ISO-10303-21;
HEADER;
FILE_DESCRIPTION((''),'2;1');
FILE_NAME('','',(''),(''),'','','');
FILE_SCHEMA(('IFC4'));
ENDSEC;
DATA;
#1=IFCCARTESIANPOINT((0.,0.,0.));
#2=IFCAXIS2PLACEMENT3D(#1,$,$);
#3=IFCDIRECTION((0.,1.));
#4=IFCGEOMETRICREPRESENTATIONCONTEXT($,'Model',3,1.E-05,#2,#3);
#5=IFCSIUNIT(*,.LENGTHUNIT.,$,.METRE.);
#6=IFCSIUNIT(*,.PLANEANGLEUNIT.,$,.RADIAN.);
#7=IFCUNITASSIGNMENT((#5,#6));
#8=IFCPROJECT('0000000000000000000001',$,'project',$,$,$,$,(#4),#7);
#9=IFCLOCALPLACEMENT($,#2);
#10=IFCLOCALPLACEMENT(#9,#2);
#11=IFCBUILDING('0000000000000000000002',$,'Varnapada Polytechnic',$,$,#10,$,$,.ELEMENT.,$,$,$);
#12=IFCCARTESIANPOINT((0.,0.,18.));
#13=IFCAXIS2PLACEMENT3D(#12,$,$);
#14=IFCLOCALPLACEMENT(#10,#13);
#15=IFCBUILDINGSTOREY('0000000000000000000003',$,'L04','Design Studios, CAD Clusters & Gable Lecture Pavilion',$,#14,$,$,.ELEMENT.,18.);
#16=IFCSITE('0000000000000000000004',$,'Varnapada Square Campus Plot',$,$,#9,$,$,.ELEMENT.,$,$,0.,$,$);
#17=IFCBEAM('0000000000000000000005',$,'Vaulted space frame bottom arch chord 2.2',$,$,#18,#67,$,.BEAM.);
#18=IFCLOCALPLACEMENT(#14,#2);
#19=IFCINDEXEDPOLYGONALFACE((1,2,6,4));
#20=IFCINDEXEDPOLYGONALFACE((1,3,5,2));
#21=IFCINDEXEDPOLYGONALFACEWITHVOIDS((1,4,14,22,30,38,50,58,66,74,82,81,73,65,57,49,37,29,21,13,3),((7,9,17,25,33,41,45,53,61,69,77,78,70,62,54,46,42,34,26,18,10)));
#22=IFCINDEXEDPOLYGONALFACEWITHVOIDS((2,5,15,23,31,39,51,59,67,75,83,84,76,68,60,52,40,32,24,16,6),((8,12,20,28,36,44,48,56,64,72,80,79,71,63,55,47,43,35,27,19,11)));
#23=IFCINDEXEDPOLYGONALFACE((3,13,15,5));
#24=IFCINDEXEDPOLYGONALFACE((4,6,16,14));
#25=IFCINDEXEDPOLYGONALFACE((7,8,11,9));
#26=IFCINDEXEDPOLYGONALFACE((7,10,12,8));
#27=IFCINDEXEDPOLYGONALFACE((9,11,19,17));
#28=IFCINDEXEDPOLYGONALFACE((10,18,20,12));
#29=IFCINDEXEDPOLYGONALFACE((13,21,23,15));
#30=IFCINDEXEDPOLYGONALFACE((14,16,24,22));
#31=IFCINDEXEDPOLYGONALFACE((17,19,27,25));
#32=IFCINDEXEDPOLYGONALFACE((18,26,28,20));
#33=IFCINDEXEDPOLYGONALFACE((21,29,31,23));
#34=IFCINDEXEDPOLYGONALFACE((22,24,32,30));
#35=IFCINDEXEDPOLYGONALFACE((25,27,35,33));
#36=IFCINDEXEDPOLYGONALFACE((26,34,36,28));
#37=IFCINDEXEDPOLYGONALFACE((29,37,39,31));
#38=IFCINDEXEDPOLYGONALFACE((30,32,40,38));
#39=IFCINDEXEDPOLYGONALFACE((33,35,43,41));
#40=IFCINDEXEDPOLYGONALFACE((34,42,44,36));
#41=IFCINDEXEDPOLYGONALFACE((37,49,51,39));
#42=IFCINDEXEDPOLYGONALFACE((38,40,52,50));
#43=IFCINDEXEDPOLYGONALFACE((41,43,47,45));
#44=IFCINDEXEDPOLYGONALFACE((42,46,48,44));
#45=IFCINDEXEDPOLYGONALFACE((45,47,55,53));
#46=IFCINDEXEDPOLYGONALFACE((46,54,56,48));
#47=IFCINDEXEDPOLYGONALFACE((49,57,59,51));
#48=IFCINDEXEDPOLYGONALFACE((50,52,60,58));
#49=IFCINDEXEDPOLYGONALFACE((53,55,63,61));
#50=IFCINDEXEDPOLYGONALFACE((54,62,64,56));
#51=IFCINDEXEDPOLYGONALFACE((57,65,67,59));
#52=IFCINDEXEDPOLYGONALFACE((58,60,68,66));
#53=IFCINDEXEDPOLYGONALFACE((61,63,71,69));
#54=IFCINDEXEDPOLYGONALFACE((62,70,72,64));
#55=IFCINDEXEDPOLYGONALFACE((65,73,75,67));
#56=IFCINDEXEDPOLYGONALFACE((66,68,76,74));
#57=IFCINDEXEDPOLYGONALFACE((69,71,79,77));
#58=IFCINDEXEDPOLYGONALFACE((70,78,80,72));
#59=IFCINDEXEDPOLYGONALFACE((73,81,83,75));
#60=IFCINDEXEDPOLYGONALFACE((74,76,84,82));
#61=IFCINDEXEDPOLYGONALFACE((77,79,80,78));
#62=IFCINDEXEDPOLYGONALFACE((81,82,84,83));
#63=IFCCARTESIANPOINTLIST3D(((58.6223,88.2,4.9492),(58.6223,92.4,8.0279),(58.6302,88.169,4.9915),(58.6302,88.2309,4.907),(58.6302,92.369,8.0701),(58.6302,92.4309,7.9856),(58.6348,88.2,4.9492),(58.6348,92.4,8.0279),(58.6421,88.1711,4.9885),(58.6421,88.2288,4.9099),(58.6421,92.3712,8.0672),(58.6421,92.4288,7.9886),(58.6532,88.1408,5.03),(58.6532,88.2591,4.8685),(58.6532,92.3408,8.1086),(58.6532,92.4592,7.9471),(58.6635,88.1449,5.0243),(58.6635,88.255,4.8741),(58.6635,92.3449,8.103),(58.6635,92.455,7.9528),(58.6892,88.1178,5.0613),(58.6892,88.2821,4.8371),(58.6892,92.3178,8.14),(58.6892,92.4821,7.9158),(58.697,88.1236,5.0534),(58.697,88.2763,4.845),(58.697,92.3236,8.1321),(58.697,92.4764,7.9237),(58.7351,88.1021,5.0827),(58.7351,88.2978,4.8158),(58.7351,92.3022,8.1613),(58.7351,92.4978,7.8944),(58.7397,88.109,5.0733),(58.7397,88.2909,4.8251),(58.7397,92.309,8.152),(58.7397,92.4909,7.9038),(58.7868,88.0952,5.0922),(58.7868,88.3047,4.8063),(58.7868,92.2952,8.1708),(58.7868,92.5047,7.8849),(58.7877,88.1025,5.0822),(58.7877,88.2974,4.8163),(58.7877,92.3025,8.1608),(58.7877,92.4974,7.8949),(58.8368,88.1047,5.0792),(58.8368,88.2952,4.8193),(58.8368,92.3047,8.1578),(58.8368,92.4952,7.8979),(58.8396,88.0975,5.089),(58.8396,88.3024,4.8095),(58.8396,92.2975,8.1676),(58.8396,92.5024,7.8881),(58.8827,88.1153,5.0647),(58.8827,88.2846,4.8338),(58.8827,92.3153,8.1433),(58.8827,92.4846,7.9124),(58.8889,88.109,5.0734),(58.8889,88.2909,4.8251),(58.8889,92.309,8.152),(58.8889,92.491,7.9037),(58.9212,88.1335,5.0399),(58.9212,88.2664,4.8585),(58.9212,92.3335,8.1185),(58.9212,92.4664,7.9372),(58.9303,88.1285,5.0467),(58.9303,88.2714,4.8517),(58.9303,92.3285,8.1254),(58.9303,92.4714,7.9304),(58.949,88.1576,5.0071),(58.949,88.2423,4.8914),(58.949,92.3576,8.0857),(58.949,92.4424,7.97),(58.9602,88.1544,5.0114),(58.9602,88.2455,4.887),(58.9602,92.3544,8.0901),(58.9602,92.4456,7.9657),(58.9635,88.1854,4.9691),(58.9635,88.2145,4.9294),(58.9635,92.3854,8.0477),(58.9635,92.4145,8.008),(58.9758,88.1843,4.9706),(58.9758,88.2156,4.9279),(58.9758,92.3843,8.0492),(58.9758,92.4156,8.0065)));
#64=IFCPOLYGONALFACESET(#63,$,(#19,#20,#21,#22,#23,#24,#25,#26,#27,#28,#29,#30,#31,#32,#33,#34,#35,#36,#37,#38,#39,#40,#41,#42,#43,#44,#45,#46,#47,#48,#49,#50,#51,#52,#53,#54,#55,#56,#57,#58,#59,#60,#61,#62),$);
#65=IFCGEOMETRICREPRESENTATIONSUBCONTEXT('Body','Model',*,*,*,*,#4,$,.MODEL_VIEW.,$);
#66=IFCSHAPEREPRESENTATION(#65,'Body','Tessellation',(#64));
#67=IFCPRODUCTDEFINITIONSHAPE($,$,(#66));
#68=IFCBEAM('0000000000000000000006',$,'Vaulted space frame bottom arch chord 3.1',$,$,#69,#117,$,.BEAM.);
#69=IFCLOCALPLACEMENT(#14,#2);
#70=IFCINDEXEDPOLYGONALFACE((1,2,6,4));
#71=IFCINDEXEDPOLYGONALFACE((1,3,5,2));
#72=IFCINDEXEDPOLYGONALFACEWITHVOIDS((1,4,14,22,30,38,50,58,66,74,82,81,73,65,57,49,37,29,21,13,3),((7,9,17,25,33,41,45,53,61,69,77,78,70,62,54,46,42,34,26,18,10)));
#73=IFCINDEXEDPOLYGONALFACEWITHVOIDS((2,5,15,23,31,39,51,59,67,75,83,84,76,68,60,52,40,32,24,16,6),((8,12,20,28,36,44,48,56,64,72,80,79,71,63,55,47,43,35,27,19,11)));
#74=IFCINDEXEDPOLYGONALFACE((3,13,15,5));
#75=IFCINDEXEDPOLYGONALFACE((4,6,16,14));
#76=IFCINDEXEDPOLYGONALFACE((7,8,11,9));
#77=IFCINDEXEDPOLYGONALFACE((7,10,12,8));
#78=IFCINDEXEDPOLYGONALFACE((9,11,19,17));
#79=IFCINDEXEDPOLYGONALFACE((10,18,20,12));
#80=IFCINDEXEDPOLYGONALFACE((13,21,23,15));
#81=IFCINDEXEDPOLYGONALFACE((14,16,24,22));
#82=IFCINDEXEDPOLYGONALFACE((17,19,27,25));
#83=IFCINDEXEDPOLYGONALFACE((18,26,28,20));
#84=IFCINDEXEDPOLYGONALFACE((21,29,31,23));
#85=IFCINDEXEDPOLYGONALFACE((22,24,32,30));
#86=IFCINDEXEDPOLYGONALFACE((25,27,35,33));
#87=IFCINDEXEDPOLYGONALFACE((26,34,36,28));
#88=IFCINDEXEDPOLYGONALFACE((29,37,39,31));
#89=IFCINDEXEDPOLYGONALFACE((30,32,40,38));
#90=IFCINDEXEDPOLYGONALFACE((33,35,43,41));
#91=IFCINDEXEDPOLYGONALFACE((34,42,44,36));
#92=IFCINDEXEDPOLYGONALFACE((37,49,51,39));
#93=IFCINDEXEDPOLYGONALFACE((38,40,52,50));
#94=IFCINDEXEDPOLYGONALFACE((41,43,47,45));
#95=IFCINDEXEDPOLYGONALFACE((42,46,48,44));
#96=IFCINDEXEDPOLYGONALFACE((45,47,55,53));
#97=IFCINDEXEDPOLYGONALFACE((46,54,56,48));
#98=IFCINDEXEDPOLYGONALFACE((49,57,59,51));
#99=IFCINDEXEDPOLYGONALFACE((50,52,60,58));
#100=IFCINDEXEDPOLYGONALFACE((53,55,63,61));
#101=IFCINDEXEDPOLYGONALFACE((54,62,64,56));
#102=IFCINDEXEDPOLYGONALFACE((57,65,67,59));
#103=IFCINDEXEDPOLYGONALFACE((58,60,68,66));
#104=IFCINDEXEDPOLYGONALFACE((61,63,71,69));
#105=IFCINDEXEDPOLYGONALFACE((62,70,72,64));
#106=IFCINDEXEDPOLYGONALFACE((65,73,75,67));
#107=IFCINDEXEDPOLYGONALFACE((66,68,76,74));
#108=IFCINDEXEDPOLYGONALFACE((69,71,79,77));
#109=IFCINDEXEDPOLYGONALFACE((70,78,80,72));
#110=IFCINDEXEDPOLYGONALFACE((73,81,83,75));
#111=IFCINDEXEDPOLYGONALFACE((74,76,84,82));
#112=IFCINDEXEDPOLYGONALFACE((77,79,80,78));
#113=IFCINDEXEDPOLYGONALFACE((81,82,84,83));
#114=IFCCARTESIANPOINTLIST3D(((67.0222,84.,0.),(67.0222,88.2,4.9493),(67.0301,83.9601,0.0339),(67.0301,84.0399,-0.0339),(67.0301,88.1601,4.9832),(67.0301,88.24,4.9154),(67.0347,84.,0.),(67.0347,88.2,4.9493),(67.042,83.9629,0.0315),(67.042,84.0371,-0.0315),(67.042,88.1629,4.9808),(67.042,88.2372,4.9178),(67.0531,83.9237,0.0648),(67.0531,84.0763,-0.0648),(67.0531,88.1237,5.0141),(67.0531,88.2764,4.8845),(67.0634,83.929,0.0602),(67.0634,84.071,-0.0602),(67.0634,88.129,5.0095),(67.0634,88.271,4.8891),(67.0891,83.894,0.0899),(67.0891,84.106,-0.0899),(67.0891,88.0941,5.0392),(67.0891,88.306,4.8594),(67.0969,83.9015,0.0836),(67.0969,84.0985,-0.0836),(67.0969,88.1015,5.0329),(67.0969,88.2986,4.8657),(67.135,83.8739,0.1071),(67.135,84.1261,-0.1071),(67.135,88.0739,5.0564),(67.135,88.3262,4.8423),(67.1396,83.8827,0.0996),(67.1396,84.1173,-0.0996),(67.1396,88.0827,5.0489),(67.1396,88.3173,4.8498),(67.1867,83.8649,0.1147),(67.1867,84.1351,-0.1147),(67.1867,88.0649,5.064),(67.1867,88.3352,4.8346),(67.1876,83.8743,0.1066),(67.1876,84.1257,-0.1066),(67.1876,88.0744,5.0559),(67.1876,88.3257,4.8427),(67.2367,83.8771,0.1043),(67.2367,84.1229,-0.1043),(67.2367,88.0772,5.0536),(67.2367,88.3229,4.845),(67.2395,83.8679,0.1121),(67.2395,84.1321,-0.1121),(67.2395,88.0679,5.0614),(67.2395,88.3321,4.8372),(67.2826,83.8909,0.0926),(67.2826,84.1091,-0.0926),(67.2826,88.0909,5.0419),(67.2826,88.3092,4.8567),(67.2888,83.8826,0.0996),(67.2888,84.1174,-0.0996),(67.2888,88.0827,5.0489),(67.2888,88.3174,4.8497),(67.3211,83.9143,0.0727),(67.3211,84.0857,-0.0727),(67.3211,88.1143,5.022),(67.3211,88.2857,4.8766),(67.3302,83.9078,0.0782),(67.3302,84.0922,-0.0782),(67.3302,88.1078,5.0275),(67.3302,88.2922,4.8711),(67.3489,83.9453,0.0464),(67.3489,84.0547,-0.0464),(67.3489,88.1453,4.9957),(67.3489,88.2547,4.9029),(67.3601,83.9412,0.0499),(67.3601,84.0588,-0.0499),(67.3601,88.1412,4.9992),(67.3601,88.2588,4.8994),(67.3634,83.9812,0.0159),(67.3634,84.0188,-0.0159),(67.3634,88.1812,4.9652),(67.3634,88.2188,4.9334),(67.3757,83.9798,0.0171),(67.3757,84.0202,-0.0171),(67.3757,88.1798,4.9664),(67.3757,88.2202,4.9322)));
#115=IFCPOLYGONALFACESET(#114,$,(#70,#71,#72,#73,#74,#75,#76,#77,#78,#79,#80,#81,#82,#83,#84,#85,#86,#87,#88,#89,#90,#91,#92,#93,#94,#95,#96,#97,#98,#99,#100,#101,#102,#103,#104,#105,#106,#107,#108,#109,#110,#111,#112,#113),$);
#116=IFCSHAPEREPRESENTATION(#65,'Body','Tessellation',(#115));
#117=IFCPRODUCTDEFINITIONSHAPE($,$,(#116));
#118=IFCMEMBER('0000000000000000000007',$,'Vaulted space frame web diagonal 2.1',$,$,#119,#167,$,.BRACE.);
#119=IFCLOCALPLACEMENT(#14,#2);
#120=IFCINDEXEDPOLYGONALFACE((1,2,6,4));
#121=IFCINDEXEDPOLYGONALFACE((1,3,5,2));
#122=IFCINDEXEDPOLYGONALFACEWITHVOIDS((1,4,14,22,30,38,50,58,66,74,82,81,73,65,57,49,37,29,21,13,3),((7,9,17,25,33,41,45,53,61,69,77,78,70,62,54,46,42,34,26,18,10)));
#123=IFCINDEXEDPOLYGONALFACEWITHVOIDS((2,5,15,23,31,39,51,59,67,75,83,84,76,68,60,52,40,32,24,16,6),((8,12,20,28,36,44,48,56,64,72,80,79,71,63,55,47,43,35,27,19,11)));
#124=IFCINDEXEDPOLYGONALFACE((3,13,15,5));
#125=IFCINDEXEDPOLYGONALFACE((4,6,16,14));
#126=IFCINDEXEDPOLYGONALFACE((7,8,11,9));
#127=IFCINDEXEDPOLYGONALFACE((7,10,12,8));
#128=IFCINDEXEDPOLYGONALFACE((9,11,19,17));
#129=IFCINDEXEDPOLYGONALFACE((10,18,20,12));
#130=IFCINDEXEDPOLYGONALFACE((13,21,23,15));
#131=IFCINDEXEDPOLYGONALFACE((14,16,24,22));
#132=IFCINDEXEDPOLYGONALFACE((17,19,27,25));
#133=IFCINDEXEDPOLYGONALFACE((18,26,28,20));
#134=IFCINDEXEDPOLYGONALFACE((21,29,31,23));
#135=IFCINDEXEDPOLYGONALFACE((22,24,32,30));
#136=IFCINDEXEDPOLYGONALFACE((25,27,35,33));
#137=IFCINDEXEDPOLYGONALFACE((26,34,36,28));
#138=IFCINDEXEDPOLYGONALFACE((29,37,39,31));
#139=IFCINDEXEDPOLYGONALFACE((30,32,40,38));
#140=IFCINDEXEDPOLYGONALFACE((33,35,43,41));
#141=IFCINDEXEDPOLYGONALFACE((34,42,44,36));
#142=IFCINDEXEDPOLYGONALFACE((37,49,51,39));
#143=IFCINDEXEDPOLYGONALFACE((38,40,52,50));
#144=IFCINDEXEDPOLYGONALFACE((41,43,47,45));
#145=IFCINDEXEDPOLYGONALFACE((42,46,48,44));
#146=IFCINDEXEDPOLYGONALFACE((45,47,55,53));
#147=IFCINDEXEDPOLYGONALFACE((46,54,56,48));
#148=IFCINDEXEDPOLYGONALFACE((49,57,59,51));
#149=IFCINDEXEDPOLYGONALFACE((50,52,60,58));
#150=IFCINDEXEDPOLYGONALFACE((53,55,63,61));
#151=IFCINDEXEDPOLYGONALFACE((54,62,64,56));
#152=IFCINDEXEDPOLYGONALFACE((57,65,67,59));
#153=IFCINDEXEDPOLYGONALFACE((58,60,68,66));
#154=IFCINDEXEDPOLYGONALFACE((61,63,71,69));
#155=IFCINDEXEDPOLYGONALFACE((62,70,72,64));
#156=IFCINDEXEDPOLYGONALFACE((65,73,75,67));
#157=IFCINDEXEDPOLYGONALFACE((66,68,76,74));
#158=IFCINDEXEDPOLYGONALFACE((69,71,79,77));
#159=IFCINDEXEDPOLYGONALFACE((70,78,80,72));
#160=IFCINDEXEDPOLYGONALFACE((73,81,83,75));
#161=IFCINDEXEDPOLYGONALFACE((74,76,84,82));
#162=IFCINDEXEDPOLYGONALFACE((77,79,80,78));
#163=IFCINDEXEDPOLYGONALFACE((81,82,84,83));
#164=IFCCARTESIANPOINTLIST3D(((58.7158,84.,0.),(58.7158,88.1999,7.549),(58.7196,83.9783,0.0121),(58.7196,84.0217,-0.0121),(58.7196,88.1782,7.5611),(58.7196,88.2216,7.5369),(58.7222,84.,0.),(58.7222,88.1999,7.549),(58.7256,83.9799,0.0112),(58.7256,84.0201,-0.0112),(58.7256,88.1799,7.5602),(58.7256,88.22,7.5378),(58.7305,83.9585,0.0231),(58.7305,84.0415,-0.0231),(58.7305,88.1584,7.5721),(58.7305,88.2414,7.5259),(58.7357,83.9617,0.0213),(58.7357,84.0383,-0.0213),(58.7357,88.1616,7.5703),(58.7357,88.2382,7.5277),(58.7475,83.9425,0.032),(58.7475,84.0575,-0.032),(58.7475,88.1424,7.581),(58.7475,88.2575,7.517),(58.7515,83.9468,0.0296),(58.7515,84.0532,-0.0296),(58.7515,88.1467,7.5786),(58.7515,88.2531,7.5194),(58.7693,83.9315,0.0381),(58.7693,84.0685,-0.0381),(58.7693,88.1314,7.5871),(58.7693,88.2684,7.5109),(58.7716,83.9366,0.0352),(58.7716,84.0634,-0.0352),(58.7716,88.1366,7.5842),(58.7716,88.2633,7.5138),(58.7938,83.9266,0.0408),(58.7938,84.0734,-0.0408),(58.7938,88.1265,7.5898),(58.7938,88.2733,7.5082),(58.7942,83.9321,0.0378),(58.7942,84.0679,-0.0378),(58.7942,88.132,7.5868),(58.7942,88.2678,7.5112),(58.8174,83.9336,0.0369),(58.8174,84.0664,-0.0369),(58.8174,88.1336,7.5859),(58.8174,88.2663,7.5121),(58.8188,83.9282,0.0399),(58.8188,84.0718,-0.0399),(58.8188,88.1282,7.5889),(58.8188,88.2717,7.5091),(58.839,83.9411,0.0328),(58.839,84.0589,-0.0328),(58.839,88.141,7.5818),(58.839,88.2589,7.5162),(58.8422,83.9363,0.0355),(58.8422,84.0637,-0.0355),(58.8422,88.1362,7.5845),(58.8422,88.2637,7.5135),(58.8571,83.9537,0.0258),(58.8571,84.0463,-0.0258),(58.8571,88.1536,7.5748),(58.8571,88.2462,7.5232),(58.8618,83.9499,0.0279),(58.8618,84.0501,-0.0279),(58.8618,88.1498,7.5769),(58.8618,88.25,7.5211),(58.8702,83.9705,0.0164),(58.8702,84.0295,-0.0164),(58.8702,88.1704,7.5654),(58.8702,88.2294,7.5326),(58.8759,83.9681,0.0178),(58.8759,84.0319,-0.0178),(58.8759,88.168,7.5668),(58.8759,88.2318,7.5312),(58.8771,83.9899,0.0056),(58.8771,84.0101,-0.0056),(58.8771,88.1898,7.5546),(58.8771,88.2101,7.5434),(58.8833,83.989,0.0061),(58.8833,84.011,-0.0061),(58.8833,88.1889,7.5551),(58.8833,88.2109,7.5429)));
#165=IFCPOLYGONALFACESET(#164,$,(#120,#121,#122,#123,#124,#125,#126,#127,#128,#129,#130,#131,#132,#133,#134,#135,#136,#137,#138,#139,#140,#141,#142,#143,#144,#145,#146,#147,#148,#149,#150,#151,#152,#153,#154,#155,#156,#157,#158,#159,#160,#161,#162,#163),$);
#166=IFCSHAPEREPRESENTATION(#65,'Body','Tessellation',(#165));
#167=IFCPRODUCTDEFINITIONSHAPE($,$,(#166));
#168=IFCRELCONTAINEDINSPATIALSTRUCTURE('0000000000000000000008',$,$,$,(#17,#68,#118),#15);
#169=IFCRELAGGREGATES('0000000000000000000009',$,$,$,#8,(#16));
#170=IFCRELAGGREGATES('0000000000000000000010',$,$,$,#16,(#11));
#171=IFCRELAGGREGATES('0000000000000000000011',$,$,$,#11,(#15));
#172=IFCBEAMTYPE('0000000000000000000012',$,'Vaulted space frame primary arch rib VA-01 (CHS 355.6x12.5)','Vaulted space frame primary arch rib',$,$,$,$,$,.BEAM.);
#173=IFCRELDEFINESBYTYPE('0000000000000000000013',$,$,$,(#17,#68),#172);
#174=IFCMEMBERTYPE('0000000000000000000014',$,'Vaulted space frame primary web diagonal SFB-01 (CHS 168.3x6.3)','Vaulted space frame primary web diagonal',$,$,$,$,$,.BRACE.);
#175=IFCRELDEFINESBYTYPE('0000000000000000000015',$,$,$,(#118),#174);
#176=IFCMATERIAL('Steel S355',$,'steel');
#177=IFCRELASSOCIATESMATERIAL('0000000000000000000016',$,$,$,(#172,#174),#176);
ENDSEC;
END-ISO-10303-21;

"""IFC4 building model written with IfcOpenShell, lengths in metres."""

from ifc_helpers import new_model, si_unit, direction, frame, origin, origin_2d, place, context, subcontext, project, spatial, hollow_circle, extrude, material, material_profile, profile_set, type_object, element, save


model = new_model("IFC4")

# Units and contexts
model_context = context("Model", 3, precision=1e-05, world=origin(), true_north=direction((0.0, 1.0)))
body_context = subcontext(model_context, "Body", "Model", "MODEL_VIEW")
ifc_project = project(units=[si_unit("LENGTHUNIT", "METRE"), si_unit("PLANEANGLEUNIT", "RADIAN")], contexts=[model_context])

# Site, building, storey
site_placement = place(None, origin())
site = spatial("IfcSite", under=ifc_project, at=site_placement, Name="Varnapada Square Campus Plot", CompositionType="ELEMENT", RefElevation=0.0)
building_placement = place(site_placement, origin())
building = spatial("IfcBuilding", under=site, at=building_placement, Name="Varnapada Polytechnic", CompositionType="ELEMENT")
storey_placement = place(building_placement, frame((0.0, 0.0, 18.0)))
storey = spatial("IfcBuildingStorey", under=building, at=storey_placement, Name="L04", Description="Design Studios, CAD Clusters & Gable Lecture Pavilion", CompositionType="ELEMENT", Elevation=18.0)

# Shared definitions
ifc_material = material(Name="Steel S355", Category="steel")

# Beams
ifc_material_profile_1 = material_profile(ifc_material, hollow_circle(Radius=0.1777, WallThickness=0.0125, at=origin_2d()), Name="CHS 355.6x12.5")
ifc_profile_set_1 = profile_set([ifc_material_profile_1], Name="Steel S355")
beam_type_1 = type_object("IfcBeamType", Name="Vaulted space frame primary arch rib VA-01 (CHS 355.6x12.5)", Description="Vaulted space frame primary arch rib", PredefinedType="BEAM", material=ifc_profile_set_1)
beam_1_placement = place(storey_placement, frame((58.8, 88.2, 4.9492), z_axis=(0.0, 0.806529, 0.591195), x_axis=(-1.0, 0.0, 0.0)))
element("IfcBeam", 1, at=beam_1_placement, inside=storey, type_object=beam_type_1, Name="Vaulted space frame bottom arch chord 2.2", PredefinedType="BEAM", context=body_context, shape_type="SweptSolid", body=[
    extrude(hollow_circle(Radius=0.1777, WallThickness=0.0125, at=origin_2d()), origin(), (0.0, 0.0, 1.0), 5.2075),
])
beam_2_placement = place(storey_placement, frame((67.2, 84.0, 0.0), z_axis=(0.0, 0.647032, 0.762462), x_axis=(-1.0, 0.0, 0.0)))
element("IfcBeam", 2, at=beam_2_placement, inside=storey, type_object=beam_type_1, Name="Vaulted space frame bottom arch chord 3.1", PredefinedType="BEAM", context=body_context, shape_type="SweptSolid", body=[
    extrude(hollow_circle(Radius=0.1777, WallThickness=0.0125, at=origin_2d()), origin(), (0.0, 0.0, 1.0), 6.4912),
])

# Member
ifc_material_profile_2 = material_profile(ifc_material, hollow_circle(Radius=0.0842, WallThickness=0.0063, at=origin_2d()), Name="CHS 168.3x6.3")
ifc_profile_set_2 = profile_set([ifc_material_profile_2], Name="Steel S355")
member_type_1 = type_object("IfcMemberType", Name="Vaulted space frame primary web diagonal SFB-01 (CHS 168.3x6.3)", Description="Vaulted space frame primary web diagonal", PredefinedType="BRACE", material=ifc_profile_set_2)
member_1_placement = place(storey_placement, frame((58.8, 84.0, 0.0), z_axis=(0.0, 0.486176, 0.873861), x_axis=(-1.0, 0.0, 0.0)))
element("IfcMember", 3, at=member_1_placement, inside=storey, type_object=member_type_1, Name="Vaulted space frame web diagonal 2.1", PredefinedType="BRACE", context=body_context, shape_type="SweptSolid", body=[
    extrude(hollow_circle(Radius=0.0842, WallThickness=0.0063, at=origin_2d()), origin(), (0.0, 0.0, 1.0), 8.6387),
])

save(model, "model.ifc")
